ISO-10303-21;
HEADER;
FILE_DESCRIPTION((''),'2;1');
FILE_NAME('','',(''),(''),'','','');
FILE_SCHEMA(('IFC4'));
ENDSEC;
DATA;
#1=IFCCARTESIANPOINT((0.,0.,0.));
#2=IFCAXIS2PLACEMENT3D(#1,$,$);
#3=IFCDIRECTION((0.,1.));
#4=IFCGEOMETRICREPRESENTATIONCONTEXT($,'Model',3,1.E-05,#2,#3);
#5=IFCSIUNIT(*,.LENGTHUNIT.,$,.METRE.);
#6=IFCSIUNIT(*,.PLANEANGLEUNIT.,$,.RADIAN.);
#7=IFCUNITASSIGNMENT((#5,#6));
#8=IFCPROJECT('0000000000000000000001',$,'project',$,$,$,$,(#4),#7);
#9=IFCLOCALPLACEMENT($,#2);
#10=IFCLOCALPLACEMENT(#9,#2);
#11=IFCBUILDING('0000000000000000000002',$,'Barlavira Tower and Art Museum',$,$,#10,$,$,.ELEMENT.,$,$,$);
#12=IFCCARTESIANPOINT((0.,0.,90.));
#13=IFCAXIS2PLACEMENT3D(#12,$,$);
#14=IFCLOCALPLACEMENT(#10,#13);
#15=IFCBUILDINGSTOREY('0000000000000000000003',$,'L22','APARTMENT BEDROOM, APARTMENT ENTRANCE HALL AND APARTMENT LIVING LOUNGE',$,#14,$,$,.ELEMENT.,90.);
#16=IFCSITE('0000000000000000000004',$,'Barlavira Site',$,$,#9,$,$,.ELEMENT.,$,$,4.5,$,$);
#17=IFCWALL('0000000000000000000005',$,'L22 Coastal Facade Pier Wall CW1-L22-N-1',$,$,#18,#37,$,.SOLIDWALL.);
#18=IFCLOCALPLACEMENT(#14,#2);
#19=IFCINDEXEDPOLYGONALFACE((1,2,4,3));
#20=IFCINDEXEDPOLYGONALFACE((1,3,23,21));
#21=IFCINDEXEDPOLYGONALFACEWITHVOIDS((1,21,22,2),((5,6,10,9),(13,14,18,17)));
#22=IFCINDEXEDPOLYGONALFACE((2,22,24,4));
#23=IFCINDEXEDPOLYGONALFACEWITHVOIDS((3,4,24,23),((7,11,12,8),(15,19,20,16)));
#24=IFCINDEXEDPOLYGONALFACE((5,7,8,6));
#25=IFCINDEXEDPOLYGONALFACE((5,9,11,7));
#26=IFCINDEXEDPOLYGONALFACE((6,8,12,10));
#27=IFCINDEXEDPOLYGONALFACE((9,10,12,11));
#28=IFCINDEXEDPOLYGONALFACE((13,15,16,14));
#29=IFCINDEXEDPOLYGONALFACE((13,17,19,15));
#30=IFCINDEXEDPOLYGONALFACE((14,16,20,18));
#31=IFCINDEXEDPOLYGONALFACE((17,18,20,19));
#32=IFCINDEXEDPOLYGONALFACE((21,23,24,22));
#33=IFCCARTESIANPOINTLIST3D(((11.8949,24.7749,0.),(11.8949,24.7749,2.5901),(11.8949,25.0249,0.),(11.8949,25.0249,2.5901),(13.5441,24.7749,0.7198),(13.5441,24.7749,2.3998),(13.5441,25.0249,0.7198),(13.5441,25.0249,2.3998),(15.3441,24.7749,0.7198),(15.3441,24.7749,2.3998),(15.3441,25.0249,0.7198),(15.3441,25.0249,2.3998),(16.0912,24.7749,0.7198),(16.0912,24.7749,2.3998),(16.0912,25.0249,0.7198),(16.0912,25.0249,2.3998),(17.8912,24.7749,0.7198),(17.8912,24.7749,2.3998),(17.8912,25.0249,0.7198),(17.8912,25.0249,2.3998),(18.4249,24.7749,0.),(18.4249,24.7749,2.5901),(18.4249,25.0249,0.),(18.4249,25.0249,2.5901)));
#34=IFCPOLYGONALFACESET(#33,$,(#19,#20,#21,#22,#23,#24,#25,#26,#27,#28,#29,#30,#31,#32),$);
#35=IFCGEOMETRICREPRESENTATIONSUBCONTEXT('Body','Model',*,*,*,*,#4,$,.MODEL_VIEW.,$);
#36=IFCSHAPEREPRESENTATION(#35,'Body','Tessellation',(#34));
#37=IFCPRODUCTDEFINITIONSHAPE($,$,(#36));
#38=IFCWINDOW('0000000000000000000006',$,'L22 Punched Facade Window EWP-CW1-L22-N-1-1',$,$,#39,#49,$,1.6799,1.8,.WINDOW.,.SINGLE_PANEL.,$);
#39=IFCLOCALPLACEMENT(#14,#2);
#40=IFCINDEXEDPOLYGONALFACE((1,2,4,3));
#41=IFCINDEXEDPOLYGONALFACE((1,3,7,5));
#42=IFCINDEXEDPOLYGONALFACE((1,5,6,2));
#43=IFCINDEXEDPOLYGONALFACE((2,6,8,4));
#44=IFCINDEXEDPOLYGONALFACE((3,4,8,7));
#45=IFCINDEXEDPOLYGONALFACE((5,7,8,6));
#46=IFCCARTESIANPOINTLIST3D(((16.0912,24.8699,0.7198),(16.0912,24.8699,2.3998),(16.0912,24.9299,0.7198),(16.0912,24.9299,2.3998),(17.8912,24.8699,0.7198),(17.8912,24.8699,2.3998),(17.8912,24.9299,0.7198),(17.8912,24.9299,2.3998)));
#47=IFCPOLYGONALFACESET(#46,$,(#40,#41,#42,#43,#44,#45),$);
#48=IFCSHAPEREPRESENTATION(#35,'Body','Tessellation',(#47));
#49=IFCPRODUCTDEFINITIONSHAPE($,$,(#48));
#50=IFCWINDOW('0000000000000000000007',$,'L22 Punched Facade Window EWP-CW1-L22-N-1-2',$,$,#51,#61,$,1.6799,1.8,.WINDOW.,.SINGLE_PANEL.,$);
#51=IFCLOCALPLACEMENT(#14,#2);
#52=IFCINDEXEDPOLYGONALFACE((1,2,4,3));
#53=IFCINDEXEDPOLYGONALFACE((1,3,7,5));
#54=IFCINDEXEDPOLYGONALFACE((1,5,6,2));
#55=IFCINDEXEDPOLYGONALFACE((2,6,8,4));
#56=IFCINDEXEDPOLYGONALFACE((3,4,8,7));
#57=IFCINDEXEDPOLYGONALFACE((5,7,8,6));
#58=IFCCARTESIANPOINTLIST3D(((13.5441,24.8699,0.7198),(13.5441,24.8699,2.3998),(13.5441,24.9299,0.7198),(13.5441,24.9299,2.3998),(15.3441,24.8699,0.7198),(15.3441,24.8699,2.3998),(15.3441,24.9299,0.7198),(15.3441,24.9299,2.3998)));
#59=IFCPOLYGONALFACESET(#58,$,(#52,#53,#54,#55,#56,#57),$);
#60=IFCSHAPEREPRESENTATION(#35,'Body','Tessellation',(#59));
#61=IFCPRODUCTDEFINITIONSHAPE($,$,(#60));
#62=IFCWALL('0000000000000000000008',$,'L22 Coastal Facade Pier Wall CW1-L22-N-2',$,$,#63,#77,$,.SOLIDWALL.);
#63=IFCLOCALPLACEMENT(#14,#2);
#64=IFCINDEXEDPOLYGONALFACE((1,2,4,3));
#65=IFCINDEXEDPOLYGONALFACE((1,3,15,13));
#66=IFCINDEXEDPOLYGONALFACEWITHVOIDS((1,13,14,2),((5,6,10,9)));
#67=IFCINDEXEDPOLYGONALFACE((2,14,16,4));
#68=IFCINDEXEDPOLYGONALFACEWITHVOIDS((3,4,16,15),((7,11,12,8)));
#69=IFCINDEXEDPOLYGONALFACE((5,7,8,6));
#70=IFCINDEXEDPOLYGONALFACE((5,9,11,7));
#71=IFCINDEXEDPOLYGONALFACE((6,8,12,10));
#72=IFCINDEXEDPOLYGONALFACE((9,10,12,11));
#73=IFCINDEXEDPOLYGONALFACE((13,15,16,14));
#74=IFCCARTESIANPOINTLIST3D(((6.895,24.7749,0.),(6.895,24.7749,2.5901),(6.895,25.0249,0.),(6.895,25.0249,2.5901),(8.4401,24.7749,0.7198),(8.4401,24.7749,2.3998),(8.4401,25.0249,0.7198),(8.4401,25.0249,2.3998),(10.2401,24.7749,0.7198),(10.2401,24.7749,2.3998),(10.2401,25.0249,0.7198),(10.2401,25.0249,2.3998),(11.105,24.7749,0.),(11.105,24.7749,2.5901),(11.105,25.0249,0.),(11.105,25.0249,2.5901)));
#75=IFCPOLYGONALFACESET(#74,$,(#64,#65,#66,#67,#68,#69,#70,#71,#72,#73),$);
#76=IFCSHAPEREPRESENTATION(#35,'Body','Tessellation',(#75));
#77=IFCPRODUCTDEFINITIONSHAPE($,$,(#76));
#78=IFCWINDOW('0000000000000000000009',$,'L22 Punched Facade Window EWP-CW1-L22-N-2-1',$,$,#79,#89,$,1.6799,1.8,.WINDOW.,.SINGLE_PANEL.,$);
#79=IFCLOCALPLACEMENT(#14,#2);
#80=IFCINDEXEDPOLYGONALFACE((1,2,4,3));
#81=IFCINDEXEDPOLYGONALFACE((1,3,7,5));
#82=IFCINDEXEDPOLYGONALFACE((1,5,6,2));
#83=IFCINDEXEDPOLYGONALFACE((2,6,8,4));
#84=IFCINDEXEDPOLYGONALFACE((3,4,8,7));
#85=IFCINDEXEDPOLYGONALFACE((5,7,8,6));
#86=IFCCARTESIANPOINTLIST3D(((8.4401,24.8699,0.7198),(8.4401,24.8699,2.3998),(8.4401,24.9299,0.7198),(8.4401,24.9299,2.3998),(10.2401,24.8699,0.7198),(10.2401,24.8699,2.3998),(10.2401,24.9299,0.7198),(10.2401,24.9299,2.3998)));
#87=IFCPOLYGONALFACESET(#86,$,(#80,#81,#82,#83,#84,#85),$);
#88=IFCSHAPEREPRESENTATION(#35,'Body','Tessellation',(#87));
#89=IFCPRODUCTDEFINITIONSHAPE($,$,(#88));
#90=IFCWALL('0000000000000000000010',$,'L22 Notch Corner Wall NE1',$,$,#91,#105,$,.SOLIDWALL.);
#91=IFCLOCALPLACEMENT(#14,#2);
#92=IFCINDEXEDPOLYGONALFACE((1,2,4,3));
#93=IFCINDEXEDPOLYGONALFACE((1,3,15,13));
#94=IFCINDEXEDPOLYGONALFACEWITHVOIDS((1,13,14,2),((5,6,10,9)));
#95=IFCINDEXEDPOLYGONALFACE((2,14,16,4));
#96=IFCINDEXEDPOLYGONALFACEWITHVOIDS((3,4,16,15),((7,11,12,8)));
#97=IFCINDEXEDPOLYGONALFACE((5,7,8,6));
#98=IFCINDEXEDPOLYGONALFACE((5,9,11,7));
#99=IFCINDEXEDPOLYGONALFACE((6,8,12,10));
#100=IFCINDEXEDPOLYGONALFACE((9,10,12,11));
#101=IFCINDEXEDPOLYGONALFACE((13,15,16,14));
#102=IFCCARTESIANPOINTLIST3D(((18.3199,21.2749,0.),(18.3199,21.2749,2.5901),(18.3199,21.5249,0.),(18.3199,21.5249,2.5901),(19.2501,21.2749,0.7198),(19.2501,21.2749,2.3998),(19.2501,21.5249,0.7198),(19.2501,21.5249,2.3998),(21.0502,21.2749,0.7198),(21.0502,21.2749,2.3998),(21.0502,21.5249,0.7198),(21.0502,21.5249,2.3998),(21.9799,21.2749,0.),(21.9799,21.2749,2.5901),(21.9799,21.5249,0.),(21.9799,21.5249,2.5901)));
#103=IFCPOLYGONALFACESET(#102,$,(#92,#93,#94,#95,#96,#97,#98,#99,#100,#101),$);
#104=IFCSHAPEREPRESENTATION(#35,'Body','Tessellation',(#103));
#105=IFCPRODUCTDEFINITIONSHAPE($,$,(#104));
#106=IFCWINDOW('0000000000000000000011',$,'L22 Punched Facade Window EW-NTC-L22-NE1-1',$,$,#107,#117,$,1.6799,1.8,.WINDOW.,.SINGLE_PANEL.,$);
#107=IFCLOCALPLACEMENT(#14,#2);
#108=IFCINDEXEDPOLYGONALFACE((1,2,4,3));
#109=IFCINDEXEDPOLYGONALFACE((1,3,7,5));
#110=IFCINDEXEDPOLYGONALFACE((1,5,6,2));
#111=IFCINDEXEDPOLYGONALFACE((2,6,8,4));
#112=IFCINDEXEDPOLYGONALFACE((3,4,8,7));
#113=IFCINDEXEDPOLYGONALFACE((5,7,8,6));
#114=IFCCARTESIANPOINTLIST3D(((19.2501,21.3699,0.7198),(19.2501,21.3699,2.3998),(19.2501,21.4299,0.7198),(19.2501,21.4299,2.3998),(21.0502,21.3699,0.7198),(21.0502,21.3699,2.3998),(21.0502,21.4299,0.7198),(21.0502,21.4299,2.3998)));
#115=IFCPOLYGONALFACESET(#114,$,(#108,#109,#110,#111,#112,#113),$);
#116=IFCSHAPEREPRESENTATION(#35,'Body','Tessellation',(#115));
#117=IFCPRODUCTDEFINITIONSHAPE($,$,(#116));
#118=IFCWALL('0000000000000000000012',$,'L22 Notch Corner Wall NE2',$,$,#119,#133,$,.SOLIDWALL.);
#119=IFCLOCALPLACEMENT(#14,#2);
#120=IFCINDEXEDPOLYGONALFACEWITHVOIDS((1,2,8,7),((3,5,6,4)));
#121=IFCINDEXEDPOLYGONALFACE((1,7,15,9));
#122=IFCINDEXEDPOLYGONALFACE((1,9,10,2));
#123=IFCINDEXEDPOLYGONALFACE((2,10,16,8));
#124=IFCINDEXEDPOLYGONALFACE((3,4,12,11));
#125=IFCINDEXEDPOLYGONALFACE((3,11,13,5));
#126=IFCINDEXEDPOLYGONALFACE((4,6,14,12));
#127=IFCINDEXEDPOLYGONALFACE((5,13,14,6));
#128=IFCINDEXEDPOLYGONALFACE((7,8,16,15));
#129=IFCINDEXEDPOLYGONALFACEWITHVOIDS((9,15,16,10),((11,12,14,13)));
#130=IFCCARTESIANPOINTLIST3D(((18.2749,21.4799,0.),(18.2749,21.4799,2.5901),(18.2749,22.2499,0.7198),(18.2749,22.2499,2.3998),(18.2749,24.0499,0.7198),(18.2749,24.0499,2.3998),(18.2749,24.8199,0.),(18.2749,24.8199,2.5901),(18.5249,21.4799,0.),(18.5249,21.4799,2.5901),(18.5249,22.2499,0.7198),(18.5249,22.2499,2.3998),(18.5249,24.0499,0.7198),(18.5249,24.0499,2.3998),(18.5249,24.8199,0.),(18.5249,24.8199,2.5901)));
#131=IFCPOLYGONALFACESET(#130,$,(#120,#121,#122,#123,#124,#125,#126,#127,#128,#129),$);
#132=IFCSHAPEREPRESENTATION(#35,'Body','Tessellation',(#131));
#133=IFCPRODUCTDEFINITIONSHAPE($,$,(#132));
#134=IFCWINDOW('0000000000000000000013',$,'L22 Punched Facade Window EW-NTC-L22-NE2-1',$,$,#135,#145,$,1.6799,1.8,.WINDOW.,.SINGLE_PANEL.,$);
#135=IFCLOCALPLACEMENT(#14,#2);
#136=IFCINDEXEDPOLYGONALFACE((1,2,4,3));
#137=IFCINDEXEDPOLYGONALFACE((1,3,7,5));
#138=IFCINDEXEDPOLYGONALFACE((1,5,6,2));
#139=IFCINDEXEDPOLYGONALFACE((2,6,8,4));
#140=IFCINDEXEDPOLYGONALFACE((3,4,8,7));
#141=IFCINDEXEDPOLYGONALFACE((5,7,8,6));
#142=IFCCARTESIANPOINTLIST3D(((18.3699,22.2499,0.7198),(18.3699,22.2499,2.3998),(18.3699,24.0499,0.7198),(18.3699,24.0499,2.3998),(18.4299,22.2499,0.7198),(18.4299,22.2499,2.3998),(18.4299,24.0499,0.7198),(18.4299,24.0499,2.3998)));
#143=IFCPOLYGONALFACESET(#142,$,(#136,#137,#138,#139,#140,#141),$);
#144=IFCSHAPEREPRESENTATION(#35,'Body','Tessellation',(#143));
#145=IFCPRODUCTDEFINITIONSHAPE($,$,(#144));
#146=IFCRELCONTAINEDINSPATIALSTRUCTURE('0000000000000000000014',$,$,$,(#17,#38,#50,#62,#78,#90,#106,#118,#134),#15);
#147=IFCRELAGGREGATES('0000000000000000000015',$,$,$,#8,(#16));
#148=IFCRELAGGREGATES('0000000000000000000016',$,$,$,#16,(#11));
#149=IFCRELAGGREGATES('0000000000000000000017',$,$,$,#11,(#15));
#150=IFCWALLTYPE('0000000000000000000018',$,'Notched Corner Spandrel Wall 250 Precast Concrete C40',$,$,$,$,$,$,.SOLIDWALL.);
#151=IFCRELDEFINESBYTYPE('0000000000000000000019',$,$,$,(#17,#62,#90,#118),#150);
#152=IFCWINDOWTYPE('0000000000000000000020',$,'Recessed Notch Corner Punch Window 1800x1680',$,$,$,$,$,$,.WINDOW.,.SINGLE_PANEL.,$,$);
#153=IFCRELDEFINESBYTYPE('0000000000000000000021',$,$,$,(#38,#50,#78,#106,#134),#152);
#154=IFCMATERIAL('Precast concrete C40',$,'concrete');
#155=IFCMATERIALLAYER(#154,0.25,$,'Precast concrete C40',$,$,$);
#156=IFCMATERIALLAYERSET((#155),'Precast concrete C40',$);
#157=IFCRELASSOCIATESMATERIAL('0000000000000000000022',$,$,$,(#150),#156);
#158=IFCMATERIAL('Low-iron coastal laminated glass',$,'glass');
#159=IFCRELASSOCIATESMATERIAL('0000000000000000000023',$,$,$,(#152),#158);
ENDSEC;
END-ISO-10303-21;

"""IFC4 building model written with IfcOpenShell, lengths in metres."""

from ifc_helpers import new_model, si_unit, direction, frame, frame_2d, origin, place, context, subcontext, project, spatial, rectangle, extrude, material, layer, layer_set, type_object, element, fill, save


model = new_model("IFC4")

# Units and contexts
model_context = context("Model", 3, precision=1e-05, world=origin(), true_north=direction((0.0, 1.0)))
body_context = subcontext(model_context, "Body", "Model", "MODEL_VIEW")
ifc_project = project(units=[si_unit("LENGTHUNIT", "METRE"), si_unit("PLANEANGLEUNIT", "RADIAN")], contexts=[model_context])

# Site, building, storey
site_placement = place(None, origin())
site = spatial("IfcSite", under=ifc_project, at=site_placement, Name="Barlavira Site", CompositionType="ELEMENT", RefElevation=4.5)
building_placement = place(site_placement, origin())
building = spatial("IfcBuilding", under=site, at=building_placement, Name="Barlavira Tower and Art Museum", CompositionType="ELEMENT")
storey_placement = place(building_placement, frame((0.0, 0.0, 90.0)))
storey = spatial("IfcBuildingStorey", under=building, at=storey_placement, Name="L22", Description="APARTMENT BEDROOM, APARTMENT ENTRANCE HALL AND APARTMENT LIVING LOUNGE", CompositionType="ELEMENT", Elevation=90.0)

# Wall, openings, windows
ifc_material_1 = material(Name="Precast concrete C40", Category="concrete")
ifc_layer_1 = layer(ifc_material_1, 0.25, Name="Precast concrete C40")
ifc_layer_set_1 = layer_set([ifc_layer_1], Name="Precast concrete C40")
wall_type_1 = type_object("IfcWallType", Name="Notched Corner Spandrel Wall 250 Precast Concrete C40", PredefinedType="SOLIDWALL", material=ifc_layer_set_1)
wall_1_placement = place(storey_placement, frame((18.425, 24.8999, 0.0), z_axis=(0.0, 0.0, 1.0), x_axis=(-1.0, 0.0, 0.0)))
wall_1 = element("IfcWall", 1, at=wall_1_placement, inside=storey, type_object=wall_type_1, Name="L22 Coastal Facade Pier Wall CW1-L22-N-1", PredefinedType="SOLIDWALL", context=body_context, shape_type="SweptSolid", body=[
    extrude(rectangle(XDim=6.53, YDim=0.25, at=frame_2d((3.2651, 0.0))), origin(), (0.0, 0.0, 1.0), 2.5901),
])
opening_1_placement = place(wall_1_placement, frame((0.5339, 0.0, 0.72)))
opening_1 = element("IfcOpeningElement", 2, at=opening_1_placement, cuts=wall_1, PredefinedType="OPENING", context=body_context, shape_type="SweptSolid", body=[
    extrude(rectangle(XDim=1.8, YDim=1.6799, at=frame_2d((0.8999, 0.8398))), frame((0.0, 0.135, 0.0), z_axis=(0.0, -1.0, 0.0), x_axis=(1.0, 0.0, 0.0)), (0.0, 0.0, 1.0), 0.27),
])
opening_2_placement = place(wall_1_placement, frame((3.0811, 0.0, 0.72)))
opening_2 = element("IfcOpeningElement", 3, at=opening_2_placement, cuts=wall_1, PredefinedType="OPENING", context=body_context, shape_type="SweptSolid", body=[
    extrude(rectangle(XDim=1.8, YDim=1.6799, at=frame_2d((0.8999, 0.8398))), frame((0.0, 0.135, 0.0), z_axis=(0.0, -1.0, 0.0), x_axis=(1.0, 0.0, 0.0)), (0.0, 0.0, 1.0), 0.27),
])
ifc_material_2 = material(Name="Low-iron coastal laminated glass", Category="glass")
window_type = type_object("IfcWindowType", Name="Recessed Notch Corner Punch Window 1800x1680", PartitioningType="SINGLE_PANEL", PredefinedType="WINDOW", material=ifc_material_2)
window_1_placement = place(opening_1_placement, origin())
window_1 = element("IfcWindow", 4, at=window_1_placement, inside=storey, type_object=window_type, Name="L22 Punched Facade Window EWP-CW1-L22-N-1-1", OverallHeight=1.6799, OverallWidth=1.8, PartitioningType="SINGLE_PANEL", PredefinedType="WINDOW", context=body_context, shape_type="SweptSolid", body=[
    extrude(rectangle(XDim=1.8, YDim=1.6799, at=frame_2d((0.8999, 0.8398))), frame((0.0, 0.03, 0.0), z_axis=(0.0, -1.0, 0.0), x_axis=(1.0, 0.0, 0.0)), (0.0, 0.0, 1.0), 0.0601),
])
fill(opening_1, window_1)
window_2_placement = place(opening_2_placement, origin())
window_2 = element("IfcWindow", 5, at=window_2_placement, inside=storey, type_object=window_type, Name="L22 Punched Facade Window EWP-CW1-L22-N-1-2", OverallHeight=1.6799, OverallWidth=1.8, PartitioningType="SINGLE_PANEL", PredefinedType="WINDOW", context=body_context, shape_type="SweptSolid", body=[
    extrude(rectangle(XDim=1.8, YDim=1.6799, at=frame_2d((0.8999, 0.8398))), frame((0.0, 0.03, 0.0), z_axis=(0.0, -1.0, 0.0), x_axis=(1.0, 0.0, 0.0)), (0.0, 0.0, 1.0), 0.0601),
])
fill(opening_2, window_2)

# Walls, openings, windows
wall_2_placement = place(storey_placement, frame((11.105, 24.8999, 0.0), z_axis=(0.0, 0.0, 1.0), x_axis=(-1.0, 0.0, 0.0)))
wall_2 = element("IfcWall", 6, at=wall_2_placement, inside=storey, type_object=wall_type_1, Name="L22 Coastal Facade Pier Wall CW1-L22-N-2", PredefinedType="SOLIDWALL", context=body_context, shape_type="SweptSolid", body=[
    extrude(rectangle(XDim=4.21, YDim=0.25, at=frame_2d((2.105, 0.0))), origin(), (0.0, 0.0, 1.0), 2.5901),
])
opening_3_placement = place(wall_2_placement, frame((0.865, 0.0, 0.72)))
opening_3 = element("IfcOpeningElement", 7, at=opening_3_placement, cuts=wall_2, PredefinedType="OPENING", context=body_context, shape_type="SweptSolid", body=[
    extrude(rectangle(XDim=1.8, YDim=1.6799, at=frame_2d((0.8999, 0.8398))), frame((0.0, 0.135, 0.0), z_axis=(0.0, -1.0, 0.0), x_axis=(1.0, 0.0, 0.0)), (0.0, 0.0, 1.0), 0.27),
])
window_3_placement = place(opening_3_placement, origin())
window_3 = element("IfcWindow", 8, at=window_3_placement, inside=storey, type_object=window_type, Name="L22 Punched Facade Window EWP-CW1-L22-N-2-1", OverallHeight=1.6799, OverallWidth=1.8, PartitioningType="SINGLE_PANEL", PredefinedType="WINDOW", context=body_context, shape_type="SweptSolid", body=[
    extrude(rectangle(XDim=1.8, YDim=1.6799, at=frame_2d((0.8999, 0.8398))), frame((0.0, 0.03, 0.0), z_axis=(0.0, -1.0, 0.0), x_axis=(1.0, 0.0, 0.0)), (0.0, 0.0, 1.0), 0.0601),
])
fill(opening_3, window_3)
wall_3_placement = place(storey_placement, frame((21.98, 21.3999, 0.0), z_axis=(0.0, 0.0, 1.0), x_axis=(-1.0, 0.0, 0.0)))
wall_3 = element("IfcWall", 9, at=wall_3_placement, inside=storey, type_object=wall_type_1, Name="L22 Notch Corner Wall NE1", PredefinedType="SOLIDWALL", context=body_context, shape_type="SweptSolid", body=[
    extrude(rectangle(XDim=3.6599, YDim=0.25, at=frame_2d((1.8301, 0.0))), origin(), (0.0, 0.0, 1.0), 2.5901),
])
opening_4_placement = place(wall_3_placement, frame((0.9299, 0.0, 0.72)))
opening_4 = element("IfcOpeningElement", 10, at=opening_4_placement, cuts=wall_3, PredefinedType="OPENING", context=body_context, shape_type="SweptSolid", body=[
    extrude(rectangle(XDim=1.8, YDim=1.6799, at=frame_2d((0.8999, 0.8398))), frame((0.0, 0.135, 0.0), z_axis=(0.0, -1.0, 0.0), x_axis=(1.0, 0.0, 0.0)), (0.0, 0.0, 1.0), 0.27),
])
window_4_placement = place(opening_4_placement, origin())
window_4 = element("IfcWindow", 11, at=window_4_placement, inside=storey, type_object=window_type, Name="L22 Punched Facade Window EW-NTC-L22-NE1-1", OverallHeight=1.6799, OverallWidth=1.8, PartitioningType="SINGLE_PANEL", PredefinedType="WINDOW", context=body_context, shape_type="SweptSolid", body=[
    extrude(rectangle(XDim=1.8, YDim=1.6799, at=frame_2d((0.8999, 0.8398))), frame((0.0, 0.03, 0.0), z_axis=(0.0, -1.0, 0.0), x_axis=(1.0, 0.0, 0.0)), (0.0, 0.0, 1.0), 0.0601),
])
fill(opening_4, window_4)
wall_4_placement = place(storey_placement, frame((18.3999, 21.48, 0.0), z_axis=(0.0, 0.0, 1.0), x_axis=(0.0, 1.0, 0.0)))
wall_4 = element("IfcWall", 12, at=wall_4_placement, inside=storey, type_object=wall_type_1, Name="L22 Notch Corner Wall NE2", PredefinedType="SOLIDWALL", context=body_context, shape_type="SweptSolid", body=[
    extrude(rectangle(XDim=3.3401, YDim=0.25, at=frame_2d((1.6699, 0.0))), origin(), (0.0, 0.0, 1.0), 2.5901),
])
opening_5_placement = place(wall_4_placement, frame((0.77, 0.0, 0.72)))
opening_5 = element("IfcOpeningElement", 13, at=opening_5_placement, cuts=wall_4, PredefinedType="OPENING", context=body_context, shape_type="SweptSolid", body=[
    extrude(rectangle(XDim=1.8, YDim=1.6799, at=frame_2d((0.8999, 0.8398))), frame((0.0, 0.135, 0.0), z_axis=(0.0, -1.0, 0.0), x_axis=(1.0, 0.0, 0.0)), (0.0, 0.0, 1.0), 0.27),
])
window_5_placement = place(opening_5_placement, origin())
window_5 = element("IfcWindow", 14, at=window_5_placement, inside=storey, type_object=window_type, Name="L22 Punched Facade Window EW-NTC-L22-NE2-1", OverallHeight=1.6799, OverallWidth=1.8, PartitioningType="SINGLE_PANEL", PredefinedType="WINDOW", context=body_context, shape_type="SweptSolid", body=[
    extrude(rectangle(XDim=1.8, YDim=1.6799, at=frame_2d((0.8999, 0.8398))), frame((0.0, 0.03, 0.0), z_axis=(0.0, -1.0, 0.0), x_axis=(1.0, 0.0, 0.0)), (0.0, 0.0, 1.0), 0.0601),
])
fill(opening_5, window_5)

save(model, "model.ifc")
